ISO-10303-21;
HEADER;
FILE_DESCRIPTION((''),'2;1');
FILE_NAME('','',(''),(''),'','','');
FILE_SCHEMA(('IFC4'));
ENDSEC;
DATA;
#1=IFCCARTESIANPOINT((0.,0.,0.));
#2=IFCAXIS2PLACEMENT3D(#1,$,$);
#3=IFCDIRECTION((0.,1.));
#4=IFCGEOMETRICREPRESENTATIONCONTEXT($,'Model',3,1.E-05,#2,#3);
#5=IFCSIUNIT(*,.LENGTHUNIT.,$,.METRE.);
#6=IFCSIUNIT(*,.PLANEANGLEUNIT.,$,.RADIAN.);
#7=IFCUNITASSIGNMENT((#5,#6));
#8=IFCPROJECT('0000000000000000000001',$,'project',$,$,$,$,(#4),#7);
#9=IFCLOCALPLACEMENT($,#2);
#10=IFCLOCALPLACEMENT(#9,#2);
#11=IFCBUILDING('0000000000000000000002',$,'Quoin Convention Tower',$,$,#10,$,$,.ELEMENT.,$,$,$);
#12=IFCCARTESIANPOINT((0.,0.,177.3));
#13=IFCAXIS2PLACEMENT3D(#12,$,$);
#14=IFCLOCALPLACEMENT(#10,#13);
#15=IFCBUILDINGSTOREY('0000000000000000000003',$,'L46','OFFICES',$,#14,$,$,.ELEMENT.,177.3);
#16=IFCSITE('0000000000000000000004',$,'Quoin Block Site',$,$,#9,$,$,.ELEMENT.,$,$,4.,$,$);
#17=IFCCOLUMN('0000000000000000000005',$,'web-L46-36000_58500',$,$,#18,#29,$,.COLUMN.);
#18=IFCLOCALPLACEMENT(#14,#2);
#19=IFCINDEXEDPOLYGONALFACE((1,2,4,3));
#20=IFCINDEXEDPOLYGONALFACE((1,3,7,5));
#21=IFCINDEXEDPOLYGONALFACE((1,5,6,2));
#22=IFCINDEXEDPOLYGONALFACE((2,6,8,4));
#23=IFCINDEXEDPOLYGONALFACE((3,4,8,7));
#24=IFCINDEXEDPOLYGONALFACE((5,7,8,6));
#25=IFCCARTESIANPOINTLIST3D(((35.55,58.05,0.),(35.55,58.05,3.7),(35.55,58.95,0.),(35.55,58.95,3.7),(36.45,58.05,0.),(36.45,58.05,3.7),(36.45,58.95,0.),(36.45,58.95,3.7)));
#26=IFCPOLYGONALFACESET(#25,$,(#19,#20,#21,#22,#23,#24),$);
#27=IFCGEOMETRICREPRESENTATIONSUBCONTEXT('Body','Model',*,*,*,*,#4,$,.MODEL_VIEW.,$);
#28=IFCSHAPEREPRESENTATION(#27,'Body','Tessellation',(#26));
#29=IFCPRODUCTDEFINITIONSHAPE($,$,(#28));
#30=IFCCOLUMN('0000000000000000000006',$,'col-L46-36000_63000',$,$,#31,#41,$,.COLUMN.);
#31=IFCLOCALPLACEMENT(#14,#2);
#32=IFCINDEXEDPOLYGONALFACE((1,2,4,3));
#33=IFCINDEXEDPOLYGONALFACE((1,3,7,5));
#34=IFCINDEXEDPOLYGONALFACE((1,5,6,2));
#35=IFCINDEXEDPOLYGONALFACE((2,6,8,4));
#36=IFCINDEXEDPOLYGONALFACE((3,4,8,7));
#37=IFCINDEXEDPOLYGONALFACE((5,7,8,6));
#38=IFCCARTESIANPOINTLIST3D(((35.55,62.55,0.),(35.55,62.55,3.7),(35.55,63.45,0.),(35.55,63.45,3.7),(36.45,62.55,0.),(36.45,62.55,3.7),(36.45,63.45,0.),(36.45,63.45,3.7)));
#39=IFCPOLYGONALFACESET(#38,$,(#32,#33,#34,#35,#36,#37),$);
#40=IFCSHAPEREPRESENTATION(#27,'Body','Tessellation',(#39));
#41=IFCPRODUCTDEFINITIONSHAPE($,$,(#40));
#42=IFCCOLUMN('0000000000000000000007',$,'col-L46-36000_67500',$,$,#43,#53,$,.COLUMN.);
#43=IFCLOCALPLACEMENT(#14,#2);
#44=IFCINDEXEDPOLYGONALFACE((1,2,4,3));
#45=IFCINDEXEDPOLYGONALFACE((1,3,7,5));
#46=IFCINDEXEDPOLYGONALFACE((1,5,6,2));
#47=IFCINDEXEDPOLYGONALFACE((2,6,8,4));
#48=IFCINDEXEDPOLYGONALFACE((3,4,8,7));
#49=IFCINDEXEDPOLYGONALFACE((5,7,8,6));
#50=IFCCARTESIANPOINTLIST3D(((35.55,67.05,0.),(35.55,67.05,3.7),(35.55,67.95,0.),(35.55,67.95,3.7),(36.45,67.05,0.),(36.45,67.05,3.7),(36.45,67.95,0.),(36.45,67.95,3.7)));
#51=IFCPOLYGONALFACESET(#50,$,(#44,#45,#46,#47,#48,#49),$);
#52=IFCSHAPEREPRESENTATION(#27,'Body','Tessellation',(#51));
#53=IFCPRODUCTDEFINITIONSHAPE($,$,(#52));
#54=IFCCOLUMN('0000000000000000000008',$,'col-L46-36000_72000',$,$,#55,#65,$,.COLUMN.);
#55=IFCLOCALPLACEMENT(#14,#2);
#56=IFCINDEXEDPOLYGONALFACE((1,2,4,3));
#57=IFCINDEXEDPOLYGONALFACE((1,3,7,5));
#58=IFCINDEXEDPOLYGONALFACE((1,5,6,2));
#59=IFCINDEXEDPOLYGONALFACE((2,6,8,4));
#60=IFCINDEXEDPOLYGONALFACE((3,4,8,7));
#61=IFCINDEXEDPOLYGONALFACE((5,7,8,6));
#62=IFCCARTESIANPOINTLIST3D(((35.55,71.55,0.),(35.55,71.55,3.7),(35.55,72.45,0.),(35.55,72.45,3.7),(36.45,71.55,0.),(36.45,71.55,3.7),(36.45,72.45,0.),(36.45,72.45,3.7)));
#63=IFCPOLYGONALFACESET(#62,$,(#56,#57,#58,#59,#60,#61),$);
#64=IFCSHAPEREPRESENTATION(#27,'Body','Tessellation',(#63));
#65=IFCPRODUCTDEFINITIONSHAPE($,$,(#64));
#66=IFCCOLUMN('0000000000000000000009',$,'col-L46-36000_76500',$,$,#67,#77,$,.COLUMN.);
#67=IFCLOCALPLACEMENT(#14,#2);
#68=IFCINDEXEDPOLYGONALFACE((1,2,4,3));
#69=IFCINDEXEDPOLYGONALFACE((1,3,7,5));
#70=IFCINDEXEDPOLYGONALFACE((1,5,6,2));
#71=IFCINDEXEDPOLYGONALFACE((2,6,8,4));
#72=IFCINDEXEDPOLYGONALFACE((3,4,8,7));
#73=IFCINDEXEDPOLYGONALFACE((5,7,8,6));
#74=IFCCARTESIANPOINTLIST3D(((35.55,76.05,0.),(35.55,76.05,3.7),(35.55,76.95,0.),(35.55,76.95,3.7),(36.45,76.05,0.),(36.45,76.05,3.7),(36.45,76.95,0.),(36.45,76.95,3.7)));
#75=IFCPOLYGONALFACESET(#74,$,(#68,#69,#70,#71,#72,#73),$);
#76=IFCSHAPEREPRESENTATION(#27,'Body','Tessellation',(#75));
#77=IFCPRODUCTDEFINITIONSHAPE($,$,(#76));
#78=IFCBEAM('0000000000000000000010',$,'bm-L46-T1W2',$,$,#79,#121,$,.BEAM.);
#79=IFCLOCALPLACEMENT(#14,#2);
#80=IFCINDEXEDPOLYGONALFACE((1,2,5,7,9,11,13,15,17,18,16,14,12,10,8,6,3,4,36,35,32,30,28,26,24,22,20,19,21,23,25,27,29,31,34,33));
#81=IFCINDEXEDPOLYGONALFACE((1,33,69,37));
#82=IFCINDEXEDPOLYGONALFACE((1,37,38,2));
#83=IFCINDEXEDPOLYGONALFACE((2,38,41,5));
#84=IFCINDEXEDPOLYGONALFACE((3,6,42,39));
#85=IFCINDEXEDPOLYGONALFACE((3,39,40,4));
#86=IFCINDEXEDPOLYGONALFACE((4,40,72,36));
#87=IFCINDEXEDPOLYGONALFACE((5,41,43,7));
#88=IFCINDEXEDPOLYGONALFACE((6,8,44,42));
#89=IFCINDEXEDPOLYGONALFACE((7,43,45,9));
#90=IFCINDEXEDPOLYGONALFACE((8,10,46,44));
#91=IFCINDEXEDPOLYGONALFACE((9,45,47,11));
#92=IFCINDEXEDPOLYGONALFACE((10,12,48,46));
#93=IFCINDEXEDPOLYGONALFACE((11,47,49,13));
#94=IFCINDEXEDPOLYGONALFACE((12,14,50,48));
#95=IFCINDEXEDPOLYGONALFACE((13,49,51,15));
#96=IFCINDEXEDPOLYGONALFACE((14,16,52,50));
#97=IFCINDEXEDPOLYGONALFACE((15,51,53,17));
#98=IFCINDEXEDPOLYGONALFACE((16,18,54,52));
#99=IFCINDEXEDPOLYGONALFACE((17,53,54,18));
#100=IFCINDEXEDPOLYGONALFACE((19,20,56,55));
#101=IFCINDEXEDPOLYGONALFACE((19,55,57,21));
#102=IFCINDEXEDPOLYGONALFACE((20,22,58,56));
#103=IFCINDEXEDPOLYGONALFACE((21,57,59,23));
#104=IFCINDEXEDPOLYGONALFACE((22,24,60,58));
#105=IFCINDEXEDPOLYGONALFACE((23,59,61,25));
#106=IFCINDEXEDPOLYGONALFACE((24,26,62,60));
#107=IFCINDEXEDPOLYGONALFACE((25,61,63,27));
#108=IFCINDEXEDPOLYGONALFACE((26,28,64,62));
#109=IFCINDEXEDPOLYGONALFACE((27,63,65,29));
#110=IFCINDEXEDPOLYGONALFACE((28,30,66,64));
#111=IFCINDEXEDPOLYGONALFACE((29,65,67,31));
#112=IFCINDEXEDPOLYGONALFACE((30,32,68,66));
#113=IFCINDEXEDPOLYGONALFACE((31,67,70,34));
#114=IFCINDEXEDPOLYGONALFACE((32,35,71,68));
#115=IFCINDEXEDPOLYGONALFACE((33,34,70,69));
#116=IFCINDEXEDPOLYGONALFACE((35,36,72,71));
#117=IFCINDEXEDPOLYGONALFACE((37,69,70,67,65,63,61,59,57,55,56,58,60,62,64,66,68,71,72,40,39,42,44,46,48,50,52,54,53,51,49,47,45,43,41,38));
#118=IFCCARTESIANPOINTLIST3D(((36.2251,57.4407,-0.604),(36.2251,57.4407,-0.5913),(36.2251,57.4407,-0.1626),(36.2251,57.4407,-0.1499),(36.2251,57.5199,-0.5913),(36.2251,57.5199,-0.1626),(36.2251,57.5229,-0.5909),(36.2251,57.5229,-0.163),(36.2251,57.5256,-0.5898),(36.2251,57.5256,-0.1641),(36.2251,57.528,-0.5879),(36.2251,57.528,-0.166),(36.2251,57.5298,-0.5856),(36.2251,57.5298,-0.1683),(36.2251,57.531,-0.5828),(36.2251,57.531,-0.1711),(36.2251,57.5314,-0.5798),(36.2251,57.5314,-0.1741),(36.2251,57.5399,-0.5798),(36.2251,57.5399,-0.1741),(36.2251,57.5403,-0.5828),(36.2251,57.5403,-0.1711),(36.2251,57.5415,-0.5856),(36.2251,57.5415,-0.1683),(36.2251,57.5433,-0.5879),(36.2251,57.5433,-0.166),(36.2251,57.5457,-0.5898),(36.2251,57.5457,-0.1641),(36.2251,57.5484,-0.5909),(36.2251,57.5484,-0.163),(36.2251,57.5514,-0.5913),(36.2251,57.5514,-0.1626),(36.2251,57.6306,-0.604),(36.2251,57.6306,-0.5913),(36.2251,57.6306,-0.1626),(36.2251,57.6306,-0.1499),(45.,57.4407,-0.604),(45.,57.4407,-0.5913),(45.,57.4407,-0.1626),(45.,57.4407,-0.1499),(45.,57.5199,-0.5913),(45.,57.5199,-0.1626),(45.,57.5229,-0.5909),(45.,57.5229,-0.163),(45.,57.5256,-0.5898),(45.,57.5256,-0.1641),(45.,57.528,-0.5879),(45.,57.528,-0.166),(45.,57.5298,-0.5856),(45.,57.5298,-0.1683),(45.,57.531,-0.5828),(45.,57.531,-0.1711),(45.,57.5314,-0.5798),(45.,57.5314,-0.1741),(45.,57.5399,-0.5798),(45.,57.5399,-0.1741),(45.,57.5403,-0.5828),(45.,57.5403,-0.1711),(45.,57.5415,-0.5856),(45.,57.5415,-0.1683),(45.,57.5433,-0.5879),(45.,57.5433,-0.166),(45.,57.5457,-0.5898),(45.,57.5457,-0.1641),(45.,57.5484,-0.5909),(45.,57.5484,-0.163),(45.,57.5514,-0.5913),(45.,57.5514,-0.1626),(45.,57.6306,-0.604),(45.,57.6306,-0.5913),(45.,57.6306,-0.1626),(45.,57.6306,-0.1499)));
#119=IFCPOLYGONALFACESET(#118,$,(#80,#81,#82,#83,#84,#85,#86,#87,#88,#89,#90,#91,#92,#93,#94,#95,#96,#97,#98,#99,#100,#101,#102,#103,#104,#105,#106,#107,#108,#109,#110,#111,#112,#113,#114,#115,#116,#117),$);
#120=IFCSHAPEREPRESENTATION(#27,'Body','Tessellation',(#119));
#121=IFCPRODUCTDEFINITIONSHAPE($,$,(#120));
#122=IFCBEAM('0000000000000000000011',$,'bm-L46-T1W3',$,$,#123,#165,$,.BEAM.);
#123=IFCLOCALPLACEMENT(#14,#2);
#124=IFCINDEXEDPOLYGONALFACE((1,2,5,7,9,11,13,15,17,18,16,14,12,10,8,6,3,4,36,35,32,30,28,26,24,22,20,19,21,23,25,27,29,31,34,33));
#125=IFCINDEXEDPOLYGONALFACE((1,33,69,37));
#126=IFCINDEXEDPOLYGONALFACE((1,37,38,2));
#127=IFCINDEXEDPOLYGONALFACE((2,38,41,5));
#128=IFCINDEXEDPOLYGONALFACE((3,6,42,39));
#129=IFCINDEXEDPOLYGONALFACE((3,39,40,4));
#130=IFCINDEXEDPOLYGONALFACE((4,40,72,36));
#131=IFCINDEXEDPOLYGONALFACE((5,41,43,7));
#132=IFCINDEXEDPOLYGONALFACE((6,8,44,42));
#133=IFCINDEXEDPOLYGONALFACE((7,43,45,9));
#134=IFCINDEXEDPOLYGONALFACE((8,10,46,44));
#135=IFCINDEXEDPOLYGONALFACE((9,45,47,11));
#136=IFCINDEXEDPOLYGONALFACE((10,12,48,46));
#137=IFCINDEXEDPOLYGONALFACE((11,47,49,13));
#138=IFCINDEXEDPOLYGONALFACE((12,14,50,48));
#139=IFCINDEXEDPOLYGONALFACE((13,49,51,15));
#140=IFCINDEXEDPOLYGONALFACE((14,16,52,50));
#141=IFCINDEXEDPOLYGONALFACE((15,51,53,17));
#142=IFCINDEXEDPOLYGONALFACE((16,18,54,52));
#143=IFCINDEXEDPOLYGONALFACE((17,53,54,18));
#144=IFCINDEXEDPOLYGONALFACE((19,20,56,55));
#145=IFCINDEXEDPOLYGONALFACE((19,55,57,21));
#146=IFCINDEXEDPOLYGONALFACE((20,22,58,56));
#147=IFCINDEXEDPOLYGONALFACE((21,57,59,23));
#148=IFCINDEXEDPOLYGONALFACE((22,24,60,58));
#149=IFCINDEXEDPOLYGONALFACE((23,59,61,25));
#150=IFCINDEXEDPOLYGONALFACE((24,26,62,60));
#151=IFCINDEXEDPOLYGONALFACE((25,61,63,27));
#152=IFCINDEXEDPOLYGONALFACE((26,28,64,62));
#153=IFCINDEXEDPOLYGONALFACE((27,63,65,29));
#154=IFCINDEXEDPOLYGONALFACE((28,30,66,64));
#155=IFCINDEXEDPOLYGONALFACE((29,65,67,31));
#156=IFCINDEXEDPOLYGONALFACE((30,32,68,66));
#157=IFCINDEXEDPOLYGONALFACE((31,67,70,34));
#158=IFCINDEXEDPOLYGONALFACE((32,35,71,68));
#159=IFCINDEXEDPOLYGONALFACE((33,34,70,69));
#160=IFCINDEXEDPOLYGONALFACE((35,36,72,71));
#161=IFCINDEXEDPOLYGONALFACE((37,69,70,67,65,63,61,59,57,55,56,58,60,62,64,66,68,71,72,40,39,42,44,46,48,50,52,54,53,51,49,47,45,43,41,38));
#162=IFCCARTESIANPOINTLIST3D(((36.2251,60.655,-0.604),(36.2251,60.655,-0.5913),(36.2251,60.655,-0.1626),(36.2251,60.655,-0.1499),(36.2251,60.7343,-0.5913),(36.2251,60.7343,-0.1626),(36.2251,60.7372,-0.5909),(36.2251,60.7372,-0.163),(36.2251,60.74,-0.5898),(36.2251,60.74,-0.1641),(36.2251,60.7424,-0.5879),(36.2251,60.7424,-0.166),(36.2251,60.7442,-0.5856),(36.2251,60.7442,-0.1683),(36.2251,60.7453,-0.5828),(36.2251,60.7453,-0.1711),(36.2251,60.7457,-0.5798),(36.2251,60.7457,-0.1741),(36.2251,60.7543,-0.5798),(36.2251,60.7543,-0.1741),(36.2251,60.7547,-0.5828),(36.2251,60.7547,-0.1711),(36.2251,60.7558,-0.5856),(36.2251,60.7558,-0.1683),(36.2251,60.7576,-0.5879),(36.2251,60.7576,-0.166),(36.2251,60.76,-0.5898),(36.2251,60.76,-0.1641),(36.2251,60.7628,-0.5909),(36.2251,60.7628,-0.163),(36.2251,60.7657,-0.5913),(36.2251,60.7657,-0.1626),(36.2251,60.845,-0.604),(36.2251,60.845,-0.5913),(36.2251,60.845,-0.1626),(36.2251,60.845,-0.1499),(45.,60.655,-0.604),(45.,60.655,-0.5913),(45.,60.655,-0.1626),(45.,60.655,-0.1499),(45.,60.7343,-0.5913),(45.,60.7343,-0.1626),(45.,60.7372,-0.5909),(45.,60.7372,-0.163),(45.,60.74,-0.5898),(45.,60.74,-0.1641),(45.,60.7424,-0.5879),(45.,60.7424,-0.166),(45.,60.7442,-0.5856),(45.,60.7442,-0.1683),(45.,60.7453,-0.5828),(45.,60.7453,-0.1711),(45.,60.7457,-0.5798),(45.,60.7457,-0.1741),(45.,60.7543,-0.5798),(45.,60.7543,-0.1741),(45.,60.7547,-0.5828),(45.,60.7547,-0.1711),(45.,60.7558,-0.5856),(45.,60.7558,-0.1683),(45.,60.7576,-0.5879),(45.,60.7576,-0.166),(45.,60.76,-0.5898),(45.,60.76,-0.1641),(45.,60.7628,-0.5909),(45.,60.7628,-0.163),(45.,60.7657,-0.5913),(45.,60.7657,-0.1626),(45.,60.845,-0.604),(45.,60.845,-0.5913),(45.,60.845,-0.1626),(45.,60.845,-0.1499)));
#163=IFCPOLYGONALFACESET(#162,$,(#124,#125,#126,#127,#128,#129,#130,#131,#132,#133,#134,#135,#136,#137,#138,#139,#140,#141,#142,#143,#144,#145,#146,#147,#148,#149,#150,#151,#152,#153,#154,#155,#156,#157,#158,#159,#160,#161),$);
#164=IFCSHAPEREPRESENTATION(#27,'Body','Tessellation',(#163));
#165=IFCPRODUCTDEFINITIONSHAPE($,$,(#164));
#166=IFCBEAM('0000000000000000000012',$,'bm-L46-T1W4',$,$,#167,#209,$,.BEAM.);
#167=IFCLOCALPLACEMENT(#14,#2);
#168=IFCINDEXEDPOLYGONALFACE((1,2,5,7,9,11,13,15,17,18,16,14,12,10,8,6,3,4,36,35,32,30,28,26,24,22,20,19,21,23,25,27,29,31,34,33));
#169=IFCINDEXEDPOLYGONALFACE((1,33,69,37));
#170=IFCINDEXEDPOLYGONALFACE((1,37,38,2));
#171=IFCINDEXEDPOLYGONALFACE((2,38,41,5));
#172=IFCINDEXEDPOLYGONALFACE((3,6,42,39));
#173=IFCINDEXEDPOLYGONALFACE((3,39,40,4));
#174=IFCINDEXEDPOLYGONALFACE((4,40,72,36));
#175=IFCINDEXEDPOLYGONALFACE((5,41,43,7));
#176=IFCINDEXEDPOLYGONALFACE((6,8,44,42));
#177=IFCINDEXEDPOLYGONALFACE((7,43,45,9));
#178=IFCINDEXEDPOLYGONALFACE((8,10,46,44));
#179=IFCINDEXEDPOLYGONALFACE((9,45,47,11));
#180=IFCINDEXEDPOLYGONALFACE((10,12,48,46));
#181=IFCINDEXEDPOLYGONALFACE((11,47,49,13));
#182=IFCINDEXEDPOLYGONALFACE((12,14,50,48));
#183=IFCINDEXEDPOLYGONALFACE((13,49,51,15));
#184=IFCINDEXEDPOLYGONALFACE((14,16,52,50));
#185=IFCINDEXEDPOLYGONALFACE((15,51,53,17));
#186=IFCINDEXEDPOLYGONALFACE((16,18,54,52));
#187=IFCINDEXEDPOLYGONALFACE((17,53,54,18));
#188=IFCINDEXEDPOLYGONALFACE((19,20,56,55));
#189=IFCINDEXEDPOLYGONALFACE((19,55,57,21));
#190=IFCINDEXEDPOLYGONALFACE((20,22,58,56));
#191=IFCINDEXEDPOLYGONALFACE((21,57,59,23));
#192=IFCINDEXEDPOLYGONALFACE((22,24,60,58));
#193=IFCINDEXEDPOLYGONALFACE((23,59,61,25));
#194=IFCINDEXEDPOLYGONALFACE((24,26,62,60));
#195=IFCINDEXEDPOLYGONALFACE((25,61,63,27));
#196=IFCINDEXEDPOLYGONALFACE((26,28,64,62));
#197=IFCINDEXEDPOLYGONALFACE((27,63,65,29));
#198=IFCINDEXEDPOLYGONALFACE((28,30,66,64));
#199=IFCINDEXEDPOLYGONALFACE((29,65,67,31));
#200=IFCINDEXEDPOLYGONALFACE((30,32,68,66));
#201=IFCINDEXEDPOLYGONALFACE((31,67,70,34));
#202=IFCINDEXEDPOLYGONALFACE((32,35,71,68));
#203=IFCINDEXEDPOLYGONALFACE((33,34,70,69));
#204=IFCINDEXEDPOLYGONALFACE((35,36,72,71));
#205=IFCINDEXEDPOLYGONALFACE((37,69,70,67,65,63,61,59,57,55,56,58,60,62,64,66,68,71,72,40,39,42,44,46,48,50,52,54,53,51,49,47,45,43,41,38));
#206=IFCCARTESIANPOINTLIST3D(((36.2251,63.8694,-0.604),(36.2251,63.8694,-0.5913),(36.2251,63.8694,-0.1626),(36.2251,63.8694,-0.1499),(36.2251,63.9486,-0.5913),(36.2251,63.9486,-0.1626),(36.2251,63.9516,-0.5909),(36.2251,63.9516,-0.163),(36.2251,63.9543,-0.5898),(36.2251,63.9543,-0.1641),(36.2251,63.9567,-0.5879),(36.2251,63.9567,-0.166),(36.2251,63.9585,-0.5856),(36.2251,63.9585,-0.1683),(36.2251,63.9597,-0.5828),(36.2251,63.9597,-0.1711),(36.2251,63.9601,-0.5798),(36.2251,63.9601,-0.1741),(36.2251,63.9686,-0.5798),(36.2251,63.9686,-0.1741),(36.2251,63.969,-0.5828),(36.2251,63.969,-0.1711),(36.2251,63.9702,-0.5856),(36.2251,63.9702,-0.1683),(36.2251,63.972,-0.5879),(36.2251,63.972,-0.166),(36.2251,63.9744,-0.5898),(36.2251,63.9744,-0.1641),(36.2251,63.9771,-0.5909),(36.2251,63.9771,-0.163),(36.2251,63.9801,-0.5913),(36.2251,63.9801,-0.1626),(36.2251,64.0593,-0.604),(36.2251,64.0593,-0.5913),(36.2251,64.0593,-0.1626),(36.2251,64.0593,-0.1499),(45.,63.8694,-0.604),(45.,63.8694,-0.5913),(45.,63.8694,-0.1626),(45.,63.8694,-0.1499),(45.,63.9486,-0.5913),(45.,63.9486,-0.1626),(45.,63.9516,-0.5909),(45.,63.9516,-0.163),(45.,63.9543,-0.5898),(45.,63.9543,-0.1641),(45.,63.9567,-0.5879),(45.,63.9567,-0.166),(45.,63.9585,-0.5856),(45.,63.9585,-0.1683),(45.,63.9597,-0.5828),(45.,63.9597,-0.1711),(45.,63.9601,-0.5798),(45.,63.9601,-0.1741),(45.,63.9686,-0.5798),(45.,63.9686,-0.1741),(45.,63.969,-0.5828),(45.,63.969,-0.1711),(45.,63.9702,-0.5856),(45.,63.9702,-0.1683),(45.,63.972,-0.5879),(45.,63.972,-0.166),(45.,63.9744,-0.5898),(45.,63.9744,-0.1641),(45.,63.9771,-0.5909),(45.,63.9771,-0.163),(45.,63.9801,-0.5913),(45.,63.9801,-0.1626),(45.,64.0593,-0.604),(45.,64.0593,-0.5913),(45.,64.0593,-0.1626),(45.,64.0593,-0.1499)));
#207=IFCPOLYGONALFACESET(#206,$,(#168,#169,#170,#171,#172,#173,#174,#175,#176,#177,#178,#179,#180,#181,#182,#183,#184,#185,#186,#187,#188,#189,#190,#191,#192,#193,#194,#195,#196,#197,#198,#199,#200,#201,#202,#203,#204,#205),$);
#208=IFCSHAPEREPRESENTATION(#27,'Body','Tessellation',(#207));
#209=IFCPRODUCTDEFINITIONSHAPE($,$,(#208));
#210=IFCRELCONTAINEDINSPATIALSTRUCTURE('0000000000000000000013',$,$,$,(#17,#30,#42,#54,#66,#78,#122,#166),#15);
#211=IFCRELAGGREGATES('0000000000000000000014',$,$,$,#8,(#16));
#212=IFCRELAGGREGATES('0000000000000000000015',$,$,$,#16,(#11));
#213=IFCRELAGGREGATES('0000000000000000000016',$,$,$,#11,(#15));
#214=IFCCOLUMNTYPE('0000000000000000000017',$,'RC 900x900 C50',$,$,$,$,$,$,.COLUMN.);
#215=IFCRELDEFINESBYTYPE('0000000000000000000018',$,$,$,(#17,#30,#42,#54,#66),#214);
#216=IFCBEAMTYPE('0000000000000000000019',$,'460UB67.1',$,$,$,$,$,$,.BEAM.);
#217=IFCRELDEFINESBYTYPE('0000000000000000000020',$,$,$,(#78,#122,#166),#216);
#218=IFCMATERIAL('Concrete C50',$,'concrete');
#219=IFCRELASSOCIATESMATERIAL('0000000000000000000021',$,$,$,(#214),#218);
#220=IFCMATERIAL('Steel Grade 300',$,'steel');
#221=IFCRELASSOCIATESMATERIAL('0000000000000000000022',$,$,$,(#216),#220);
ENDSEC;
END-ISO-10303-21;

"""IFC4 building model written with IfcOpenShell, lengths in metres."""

from ifc_helpers import new_model, si_unit, direction, frame, origin, origin_2d, place, context, subcontext, project, spatial, rectangle, i_section, extrude, material, material_profile, profile_set, type_object, element, save


model = new_model("IFC4")

# Units and contexts
model_context = context("Model", 3, precision=1e-05, world=origin(), true_north=direction((0.0, 1.0)))
body_context = subcontext(model_context, "Body", "Model", "MODEL_VIEW")
ifc_project = project(units=[si_unit("LENGTHUNIT", "METRE"), si_unit("PLANEANGLEUNIT", "RADIAN")], contexts=[model_context])

# Site, building, storey
site_placement = place(None, origin())
site = spatial("IfcSite", under=ifc_project, at=site_placement, Name="Quoin Block Site", CompositionType="ELEMENT", RefElevation=4.0)
building_placement = place(site_placement, origin())
building = spatial("IfcBuilding", under=site, at=building_placement, Name="Quoin Convention Tower", CompositionType="ELEMENT")
storey_placement = place(building_placement, frame((0.0, 0.0, 177.3)))
storey = spatial("IfcBuildingStorey", under=building, at=storey_placement, Name="L46", Description="OFFICES", CompositionType="ELEMENT", Elevation=177.3)

# Columns
ifc_material_1 = material(Name="Concrete C50", Category="concrete")
ifc_material_profile_1 = material_profile(ifc_material_1, rectangle(XDim=0.8999, YDim=0.8999, at=origin_2d()), Name="RC 900x900")
ifc_profile_set_1 = profile_set([ifc_material_profile_1], Name="Concrete C50")
column_type = type_object("IfcColumnType", Name="RC 900x900 C50", PredefinedType="COLUMN", material=ifc_profile_set_1)
for number, where, z_axis, x_axis, name in (
    (1, (36.0, 58.5, 0.0), (0.0, 0.0, 1.0), (1.0, 0.0, 0.0), "web-L46-36000_58500"),
    (2, (36.0, 63.0, 0.0), (0.0, 0.0, 1.0), (1.0, 0.0, 0.0), "col-L46-36000_63000"),
    (3, (36.0, 67.5, 0.0), (0.0, 0.0, 1.0), (1.0, 0.0, 0.0), "col-L46-36000_67500"),
    (4, (36.0, 72.0, 0.0), (0.0, 0.0, 1.0), (1.0, 0.0, 0.0), "col-L46-36000_72000"),
    (5, (36.0, 76.5, 0.0), (0.0, 0.0, 1.0), (1.0, 0.0, 0.0), "col-L46-36000_76500"),
):
    element("IfcColumn", number, at=place(storey_placement, frame(where, z_axis=z_axis, x_axis=x_axis)), inside=storey, type_object=column_type, Name=name, PredefinedType="COLUMN", context=body_context, shape_type="SweptSolid", body=[
        extrude(rectangle(XDim=0.8999, YDim=0.8999, at=origin_2d()), origin(), (0.0, 0.0, 1.0), 3.7),
    ])

# Beams
ifc_material_2 = material(Name="Steel Grade 300", Category="steel")
ifc_material_profile_2 = material_profile(ifc_material_2, i_section(OverallWidth=0.1899, OverallDepth=0.4541, WebThickness=0.0085, FlangeThickness=0.0127, FilletRadius=0.0115, at=origin_2d()), Name="460UB67.1")
ifc_profile_set_2 = profile_set([ifc_material_profile_2], Name="Steel Grade 300")
beam_type_1 = type_object("IfcBeamType", Name="460UB67.1", PredefinedType="BEAM", material=ifc_profile_set_2)
for number, where, z_axis, x_axis, name in (
    (6, (36.2251, 57.5356, -0.377), (1.0, 0.0, 0.0), (0.0, 1.0, 0.0), "bm-L46-T1W2"),
    (7, (36.2251, 60.75, -0.377), (1.0, 0.0, 0.0), (0.0, 1.0, 0.0), "bm-L46-T1W3"),
    (8, (36.2251, 63.9644, -0.377), (1.0, 0.0, 0.0), (0.0, 1.0, 0.0), "bm-L46-T1W4"),
):
    element("IfcBeam", number, at=place(storey_placement, frame(where, z_axis=z_axis, x_axis=x_axis)), inside=storey, type_object=beam_type_1, Name=name, PredefinedType="BEAM", context=body_context, shape_type="SweptSolid", body=[
        extrude(i_section(OverallWidth=0.1899, OverallDepth=0.4541, WebThickness=0.0085, FlangeThickness=0.0127, FilletRadius=0.0115, at=origin_2d()), origin(), (0.0, 0.0, 1.0), 8.7749),
    ])

save(model, "model.ifc")
